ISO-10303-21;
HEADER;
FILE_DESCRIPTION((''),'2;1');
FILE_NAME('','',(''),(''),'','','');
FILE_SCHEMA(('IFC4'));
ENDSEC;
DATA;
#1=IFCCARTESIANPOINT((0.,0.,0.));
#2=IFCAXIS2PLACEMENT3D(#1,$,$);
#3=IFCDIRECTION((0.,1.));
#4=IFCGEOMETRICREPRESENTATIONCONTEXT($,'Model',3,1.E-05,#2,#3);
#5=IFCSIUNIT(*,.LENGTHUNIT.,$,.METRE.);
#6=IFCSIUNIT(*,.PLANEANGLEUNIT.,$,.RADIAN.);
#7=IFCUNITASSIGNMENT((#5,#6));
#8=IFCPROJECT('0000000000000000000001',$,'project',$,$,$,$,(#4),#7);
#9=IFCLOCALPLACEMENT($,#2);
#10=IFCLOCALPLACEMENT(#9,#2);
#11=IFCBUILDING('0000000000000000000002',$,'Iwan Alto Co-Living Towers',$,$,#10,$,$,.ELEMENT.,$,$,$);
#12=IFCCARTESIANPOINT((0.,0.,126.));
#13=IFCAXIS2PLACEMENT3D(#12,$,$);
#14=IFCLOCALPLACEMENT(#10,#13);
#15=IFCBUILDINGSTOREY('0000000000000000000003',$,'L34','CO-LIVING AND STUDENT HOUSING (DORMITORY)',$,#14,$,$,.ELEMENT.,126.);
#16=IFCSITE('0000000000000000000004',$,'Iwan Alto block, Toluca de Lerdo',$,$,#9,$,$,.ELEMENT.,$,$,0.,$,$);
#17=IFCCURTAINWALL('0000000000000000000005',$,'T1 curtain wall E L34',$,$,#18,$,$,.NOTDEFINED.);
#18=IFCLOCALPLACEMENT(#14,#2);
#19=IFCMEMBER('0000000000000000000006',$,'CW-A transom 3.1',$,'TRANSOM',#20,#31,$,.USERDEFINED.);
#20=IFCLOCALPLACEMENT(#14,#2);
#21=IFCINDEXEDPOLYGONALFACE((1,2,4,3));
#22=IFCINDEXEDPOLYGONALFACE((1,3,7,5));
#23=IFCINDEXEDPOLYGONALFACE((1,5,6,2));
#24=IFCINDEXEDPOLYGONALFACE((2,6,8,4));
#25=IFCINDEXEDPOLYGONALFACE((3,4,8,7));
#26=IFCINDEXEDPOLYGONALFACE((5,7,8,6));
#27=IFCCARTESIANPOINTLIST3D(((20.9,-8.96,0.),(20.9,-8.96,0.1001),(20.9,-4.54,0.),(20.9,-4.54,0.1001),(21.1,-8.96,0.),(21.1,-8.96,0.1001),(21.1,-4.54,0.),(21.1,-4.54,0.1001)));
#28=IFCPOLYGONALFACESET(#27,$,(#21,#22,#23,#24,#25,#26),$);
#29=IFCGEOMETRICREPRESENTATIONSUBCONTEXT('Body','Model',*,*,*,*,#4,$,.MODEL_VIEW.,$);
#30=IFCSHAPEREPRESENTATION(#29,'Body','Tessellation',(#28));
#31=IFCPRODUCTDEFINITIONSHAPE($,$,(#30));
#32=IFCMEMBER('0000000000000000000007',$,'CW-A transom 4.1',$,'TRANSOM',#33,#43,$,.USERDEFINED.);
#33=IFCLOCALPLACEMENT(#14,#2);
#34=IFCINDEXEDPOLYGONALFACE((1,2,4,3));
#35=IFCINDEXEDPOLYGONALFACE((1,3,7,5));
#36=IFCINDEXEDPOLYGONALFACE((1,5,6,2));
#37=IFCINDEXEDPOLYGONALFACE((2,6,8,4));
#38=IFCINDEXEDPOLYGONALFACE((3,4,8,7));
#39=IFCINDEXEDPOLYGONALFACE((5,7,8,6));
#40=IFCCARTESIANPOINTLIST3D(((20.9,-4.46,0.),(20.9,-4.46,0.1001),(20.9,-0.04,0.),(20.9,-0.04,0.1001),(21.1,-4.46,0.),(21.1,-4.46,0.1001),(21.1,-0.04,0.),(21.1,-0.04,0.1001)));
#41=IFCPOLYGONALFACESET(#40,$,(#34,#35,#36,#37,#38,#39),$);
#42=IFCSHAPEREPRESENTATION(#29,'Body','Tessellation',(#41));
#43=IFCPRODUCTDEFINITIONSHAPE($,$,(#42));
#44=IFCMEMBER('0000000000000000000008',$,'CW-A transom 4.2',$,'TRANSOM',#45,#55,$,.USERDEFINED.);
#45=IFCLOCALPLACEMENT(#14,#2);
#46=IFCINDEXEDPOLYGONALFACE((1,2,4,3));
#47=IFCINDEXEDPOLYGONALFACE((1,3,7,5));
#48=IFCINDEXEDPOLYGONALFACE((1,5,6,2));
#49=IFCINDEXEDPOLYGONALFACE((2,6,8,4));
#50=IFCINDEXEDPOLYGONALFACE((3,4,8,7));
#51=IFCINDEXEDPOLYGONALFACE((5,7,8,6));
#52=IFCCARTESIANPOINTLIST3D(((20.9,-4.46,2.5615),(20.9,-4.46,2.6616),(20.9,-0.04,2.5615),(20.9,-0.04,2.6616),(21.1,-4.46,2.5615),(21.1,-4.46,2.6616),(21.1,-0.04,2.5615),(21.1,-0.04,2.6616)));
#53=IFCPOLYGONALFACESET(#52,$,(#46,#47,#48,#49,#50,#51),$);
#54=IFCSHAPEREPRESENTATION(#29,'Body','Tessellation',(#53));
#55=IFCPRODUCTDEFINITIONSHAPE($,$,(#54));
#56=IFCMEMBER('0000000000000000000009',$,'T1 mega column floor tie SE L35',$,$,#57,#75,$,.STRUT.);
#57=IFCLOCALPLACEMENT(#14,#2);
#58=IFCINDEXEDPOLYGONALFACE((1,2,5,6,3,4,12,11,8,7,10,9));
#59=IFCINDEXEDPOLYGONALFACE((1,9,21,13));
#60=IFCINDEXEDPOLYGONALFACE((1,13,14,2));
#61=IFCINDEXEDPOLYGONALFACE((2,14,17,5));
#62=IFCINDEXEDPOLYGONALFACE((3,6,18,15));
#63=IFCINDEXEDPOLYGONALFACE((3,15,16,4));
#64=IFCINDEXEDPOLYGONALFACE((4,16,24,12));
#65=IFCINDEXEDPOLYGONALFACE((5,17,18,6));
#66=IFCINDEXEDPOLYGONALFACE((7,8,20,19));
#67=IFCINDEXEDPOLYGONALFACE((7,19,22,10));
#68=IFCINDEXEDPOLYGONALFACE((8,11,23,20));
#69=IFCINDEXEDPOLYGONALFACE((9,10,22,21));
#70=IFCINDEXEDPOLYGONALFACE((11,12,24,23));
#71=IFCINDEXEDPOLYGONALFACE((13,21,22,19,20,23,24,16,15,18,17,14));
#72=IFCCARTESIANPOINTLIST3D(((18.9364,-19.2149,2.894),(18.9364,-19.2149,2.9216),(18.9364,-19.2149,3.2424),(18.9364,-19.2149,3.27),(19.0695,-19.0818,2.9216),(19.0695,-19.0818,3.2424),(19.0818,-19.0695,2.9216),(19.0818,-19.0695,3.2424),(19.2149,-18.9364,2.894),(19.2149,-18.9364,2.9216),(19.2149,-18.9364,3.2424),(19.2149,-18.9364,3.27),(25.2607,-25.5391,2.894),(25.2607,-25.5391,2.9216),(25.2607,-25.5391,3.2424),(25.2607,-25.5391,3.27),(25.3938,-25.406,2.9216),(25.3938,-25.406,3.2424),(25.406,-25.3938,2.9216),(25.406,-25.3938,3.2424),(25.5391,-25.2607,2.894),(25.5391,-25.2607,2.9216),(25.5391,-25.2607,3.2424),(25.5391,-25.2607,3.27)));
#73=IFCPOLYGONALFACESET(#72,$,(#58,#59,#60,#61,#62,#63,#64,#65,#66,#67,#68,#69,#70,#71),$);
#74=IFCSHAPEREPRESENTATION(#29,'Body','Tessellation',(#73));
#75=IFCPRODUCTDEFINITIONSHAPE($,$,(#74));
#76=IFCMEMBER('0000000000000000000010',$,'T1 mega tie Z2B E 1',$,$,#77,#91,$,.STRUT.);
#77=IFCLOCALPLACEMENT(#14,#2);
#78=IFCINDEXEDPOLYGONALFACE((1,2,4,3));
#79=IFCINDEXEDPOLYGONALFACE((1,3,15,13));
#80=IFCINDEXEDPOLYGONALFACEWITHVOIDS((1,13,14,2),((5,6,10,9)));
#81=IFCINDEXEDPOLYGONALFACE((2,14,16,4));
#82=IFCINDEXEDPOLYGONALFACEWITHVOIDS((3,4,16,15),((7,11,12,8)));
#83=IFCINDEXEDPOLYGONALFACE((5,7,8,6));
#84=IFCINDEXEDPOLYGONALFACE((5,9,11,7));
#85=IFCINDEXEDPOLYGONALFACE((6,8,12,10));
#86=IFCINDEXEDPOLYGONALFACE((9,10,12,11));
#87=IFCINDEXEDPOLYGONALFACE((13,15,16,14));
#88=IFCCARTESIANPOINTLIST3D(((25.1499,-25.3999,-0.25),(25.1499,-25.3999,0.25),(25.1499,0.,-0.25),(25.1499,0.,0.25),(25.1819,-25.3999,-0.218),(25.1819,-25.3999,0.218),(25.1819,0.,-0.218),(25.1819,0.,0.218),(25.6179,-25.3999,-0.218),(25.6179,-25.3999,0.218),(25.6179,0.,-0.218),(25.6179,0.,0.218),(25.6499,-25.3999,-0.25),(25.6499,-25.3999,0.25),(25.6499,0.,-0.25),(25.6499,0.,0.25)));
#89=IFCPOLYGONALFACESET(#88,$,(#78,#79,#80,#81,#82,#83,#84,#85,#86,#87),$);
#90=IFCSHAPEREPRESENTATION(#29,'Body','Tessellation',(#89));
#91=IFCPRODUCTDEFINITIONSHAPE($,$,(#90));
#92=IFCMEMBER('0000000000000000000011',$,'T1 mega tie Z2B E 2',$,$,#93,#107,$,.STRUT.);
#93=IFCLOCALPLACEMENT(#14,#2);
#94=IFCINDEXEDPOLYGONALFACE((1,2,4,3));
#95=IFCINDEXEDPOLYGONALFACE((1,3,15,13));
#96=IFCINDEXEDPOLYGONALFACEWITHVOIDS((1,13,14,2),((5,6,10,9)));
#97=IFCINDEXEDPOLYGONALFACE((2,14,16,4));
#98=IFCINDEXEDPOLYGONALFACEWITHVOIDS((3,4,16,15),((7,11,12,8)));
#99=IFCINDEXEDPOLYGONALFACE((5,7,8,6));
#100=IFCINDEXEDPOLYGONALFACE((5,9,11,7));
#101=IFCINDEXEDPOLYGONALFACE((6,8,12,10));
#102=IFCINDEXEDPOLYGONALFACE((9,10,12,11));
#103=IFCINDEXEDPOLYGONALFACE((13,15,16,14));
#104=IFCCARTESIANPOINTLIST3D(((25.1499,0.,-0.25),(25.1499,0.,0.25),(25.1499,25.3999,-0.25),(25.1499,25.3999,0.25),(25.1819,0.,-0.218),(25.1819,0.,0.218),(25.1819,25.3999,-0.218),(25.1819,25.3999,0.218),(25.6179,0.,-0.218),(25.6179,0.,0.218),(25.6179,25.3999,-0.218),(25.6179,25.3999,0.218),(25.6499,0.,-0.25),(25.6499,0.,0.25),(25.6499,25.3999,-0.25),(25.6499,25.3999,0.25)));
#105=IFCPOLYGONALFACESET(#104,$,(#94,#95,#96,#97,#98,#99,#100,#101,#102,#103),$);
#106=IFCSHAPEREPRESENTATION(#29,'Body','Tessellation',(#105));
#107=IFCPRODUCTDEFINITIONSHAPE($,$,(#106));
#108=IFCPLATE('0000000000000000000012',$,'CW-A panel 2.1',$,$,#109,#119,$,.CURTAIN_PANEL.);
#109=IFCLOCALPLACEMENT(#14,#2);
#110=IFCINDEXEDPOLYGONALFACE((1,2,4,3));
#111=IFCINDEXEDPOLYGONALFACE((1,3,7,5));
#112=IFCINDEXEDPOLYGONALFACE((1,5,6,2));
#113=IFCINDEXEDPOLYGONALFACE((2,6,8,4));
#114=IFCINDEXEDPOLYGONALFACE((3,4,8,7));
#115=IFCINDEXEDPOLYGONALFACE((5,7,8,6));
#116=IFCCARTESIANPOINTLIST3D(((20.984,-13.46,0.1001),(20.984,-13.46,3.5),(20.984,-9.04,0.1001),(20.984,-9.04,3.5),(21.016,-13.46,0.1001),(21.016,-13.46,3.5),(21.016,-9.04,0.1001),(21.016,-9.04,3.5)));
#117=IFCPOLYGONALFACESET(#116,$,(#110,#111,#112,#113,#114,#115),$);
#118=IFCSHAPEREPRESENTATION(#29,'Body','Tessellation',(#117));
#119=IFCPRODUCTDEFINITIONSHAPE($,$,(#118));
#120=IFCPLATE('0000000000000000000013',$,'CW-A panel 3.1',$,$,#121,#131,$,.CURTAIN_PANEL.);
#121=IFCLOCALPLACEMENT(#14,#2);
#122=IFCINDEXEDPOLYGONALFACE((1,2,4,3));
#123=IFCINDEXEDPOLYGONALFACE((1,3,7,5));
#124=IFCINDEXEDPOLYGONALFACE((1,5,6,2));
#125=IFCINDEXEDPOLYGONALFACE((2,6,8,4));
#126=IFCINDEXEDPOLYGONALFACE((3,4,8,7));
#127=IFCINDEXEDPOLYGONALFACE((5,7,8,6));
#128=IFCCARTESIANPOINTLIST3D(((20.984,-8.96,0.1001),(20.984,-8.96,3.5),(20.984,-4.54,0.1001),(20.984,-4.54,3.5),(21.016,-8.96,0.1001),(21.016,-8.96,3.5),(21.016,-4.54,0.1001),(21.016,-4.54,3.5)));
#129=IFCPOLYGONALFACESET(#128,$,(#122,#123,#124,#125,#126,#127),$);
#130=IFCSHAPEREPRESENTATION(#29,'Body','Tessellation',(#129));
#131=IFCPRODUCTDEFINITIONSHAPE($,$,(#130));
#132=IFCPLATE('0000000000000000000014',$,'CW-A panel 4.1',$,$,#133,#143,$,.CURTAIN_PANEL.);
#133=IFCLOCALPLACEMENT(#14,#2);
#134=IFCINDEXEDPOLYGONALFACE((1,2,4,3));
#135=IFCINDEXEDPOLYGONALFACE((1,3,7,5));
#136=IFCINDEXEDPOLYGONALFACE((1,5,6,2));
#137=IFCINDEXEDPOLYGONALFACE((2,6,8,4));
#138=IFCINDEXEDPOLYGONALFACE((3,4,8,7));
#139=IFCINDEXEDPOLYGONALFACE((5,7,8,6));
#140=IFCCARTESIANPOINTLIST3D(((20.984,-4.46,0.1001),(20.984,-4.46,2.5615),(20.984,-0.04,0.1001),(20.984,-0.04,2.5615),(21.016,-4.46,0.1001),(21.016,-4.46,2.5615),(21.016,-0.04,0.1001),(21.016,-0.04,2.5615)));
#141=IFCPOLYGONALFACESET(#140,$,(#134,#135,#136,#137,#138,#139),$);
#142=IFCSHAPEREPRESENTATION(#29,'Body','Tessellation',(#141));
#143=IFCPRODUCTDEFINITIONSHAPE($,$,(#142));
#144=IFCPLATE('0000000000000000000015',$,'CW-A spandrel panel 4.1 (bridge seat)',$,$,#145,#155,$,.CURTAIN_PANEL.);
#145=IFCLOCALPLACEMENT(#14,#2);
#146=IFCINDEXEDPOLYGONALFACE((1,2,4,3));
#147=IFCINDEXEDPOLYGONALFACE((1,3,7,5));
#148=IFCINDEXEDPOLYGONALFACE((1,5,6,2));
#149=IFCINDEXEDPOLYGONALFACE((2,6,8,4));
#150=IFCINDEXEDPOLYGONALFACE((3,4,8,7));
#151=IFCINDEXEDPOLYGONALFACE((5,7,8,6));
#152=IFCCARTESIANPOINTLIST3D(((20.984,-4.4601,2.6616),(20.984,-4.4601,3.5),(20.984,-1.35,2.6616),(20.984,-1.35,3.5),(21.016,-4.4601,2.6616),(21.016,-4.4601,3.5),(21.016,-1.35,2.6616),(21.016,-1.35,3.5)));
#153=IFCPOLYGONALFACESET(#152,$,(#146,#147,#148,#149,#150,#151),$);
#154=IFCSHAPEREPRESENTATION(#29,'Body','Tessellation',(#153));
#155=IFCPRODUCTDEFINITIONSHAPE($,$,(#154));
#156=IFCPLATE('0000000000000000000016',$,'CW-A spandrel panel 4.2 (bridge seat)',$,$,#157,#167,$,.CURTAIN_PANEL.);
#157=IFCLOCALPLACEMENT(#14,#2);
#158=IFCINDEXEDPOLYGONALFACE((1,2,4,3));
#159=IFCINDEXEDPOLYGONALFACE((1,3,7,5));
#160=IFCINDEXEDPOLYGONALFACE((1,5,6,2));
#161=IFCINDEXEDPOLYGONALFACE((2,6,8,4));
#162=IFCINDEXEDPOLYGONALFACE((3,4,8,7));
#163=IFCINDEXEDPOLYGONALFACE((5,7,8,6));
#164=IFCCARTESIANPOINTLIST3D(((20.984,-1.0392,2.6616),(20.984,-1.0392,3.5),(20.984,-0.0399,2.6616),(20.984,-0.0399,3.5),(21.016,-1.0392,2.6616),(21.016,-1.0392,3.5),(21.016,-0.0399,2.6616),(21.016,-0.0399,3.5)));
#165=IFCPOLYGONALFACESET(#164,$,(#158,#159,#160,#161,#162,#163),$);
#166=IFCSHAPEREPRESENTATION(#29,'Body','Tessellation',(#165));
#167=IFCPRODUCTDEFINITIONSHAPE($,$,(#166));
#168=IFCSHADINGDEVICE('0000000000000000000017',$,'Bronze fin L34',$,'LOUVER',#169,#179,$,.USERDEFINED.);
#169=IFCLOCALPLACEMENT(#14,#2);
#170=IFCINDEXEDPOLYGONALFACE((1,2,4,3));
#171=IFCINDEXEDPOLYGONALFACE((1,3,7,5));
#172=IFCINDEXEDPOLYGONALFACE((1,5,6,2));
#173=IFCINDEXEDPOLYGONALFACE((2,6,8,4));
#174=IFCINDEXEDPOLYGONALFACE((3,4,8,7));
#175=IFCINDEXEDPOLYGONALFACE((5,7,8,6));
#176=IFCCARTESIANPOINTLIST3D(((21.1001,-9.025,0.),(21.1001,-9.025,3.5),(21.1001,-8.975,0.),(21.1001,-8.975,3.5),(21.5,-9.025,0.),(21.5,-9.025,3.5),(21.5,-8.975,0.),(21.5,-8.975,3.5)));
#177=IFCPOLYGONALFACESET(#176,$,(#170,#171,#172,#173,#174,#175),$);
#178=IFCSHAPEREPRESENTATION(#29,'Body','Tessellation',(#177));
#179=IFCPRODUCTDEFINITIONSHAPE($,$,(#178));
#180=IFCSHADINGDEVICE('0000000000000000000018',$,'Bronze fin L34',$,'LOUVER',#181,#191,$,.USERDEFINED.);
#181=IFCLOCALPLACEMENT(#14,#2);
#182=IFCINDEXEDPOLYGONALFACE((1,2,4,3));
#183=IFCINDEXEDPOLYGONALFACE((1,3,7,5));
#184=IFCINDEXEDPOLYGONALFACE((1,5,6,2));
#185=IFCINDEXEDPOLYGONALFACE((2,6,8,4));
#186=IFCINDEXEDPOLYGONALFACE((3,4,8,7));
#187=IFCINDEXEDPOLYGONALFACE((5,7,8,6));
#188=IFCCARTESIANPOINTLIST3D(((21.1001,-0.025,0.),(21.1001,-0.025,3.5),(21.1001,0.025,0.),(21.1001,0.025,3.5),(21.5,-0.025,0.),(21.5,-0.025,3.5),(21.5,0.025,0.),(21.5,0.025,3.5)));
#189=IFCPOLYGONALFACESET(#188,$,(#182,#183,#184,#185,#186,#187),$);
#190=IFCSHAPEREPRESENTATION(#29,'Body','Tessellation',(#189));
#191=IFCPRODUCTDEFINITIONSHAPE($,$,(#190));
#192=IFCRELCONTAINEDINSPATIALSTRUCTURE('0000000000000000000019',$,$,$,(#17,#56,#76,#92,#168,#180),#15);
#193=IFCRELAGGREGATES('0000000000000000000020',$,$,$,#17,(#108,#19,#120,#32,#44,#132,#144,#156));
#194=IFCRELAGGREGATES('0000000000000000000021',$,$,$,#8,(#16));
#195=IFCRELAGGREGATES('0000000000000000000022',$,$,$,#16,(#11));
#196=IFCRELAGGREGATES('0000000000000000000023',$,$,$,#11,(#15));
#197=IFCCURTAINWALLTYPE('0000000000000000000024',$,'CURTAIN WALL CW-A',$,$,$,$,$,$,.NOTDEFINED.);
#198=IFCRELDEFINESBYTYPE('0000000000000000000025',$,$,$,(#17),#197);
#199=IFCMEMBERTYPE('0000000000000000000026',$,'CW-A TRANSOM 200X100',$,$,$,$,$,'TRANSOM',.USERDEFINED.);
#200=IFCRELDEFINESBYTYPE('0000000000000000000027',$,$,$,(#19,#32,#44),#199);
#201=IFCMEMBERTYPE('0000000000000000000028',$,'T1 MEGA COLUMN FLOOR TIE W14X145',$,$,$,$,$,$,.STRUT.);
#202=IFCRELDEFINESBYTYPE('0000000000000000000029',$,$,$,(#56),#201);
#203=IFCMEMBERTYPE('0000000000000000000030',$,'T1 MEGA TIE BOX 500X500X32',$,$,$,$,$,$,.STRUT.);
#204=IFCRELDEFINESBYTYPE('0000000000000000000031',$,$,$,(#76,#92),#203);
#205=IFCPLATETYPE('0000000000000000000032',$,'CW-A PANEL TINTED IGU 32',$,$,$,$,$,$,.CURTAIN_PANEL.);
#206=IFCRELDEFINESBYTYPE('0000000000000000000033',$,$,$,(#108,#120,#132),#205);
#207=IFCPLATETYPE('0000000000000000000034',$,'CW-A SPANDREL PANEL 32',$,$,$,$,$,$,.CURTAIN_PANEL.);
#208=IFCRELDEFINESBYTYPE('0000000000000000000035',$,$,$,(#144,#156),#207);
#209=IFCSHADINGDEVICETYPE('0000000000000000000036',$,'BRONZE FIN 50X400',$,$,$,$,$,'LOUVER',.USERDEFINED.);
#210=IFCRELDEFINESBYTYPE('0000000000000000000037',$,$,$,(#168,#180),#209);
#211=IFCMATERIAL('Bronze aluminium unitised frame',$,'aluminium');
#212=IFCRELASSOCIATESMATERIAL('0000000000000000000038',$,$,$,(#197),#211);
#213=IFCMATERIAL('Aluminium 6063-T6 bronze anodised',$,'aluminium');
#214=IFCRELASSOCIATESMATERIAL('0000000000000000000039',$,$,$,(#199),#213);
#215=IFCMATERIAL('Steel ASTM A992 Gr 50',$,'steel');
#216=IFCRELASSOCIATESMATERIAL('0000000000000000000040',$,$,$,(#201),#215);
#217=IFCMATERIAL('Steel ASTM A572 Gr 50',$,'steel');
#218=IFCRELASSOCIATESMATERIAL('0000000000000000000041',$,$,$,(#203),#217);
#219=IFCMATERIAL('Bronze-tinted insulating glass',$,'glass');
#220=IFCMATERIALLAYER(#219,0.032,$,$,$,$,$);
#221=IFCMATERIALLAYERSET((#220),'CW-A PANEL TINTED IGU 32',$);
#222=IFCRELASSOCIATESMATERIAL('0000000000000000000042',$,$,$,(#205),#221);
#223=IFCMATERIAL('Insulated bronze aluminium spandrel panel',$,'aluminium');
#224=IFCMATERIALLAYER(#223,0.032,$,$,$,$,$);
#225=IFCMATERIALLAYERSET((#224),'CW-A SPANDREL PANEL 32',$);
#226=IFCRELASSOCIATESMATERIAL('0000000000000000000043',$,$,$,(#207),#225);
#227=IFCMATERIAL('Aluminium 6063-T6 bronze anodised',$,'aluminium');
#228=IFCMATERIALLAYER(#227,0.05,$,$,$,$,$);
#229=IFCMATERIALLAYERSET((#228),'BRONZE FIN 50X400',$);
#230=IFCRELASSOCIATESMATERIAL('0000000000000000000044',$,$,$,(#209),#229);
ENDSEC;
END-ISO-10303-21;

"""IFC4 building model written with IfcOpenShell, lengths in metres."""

from ifc_helpers import new_model, si_unit, direction, frame, origin, origin_2d, place, context, subcontext, project, spatial, rectangle, hollow_rectangle, i_section, extrude, material, layer, layer_set, material_profile, profile_set, type_object, element, aggregate, save


model = new_model("IFC4")

# Units and contexts
model_context = context("Model", 3, precision=1e-05, world=origin(), true_north=direction((0.0, 1.0)))
body_context = subcontext(model_context, "Body", "Model", "MODEL_VIEW")
ifc_project = project(units=[si_unit("LENGTHUNIT", "METRE"), si_unit("PLANEANGLEUNIT", "RADIAN")], contexts=[model_context])

# Site, building, storey
site_placement = place(None, origin())
site = spatial("IfcSite", under=ifc_project, at=site_placement, Name="Iwan Alto block, Toluca de Lerdo", CompositionType="ELEMENT", RefElevation=0.0)
building_placement = place(site_placement, origin())
building = spatial("IfcBuilding", under=site, at=building_placement, Name="Iwan Alto Co-Living Towers", CompositionType="ELEMENT")
storey_placement = place(building_placement, frame((0.0, 0.0, 126.0)))
storey = spatial("IfcBuildingStorey", under=building, at=storey_placement, Name="L34", Description="CO-LIVING AND STUDENT HOUSING (DORMITORY)", CompositionType="ELEMENT", Elevation=126.0)

# Curtain wall, members
ifc_material_1 = material(Name="Bronze aluminium unitised frame", Category="aluminium")
curtain_wall_type = type_object("IfcCurtainWallType", Name="CURTAIN WALL CW-A", PredefinedType="NOTDEFINED", material=ifc_material_1)
curtain_wall_placement = place(storey_placement, origin())
curtain_wall = element("IfcCurtainWall", 1, at=curtain_wall_placement, inside=storey, type_object=curtain_wall_type, Name="T1 curtain wall E L34", PredefinedType="NOTDEFINED")
ifc_material_2 = material(Name="Aluminium 6063-T6 bronze anodised", Category="aluminium")
ifc_material_profile_1 = material_profile(ifc_material_2, rectangle(XDim=0.2, YDim=0.1001, at=origin_2d()), Name="AL 200X100")
ifc_profile_set_1 = profile_set([ifc_material_profile_1], Name="Aluminium 6063-T6 bronze anodised")
member_type_1 = type_object("IfcMemberType", Name="CW-A TRANSOM 200X100", ElementType="TRANSOM", PredefinedType="USERDEFINED", material=ifc_profile_set_1)
member_1_placement = place(storey_placement, frame((21.0, -8.96, 0.05), z_axis=(0.0, 1.0, 0.0), x_axis=(-1.0, 0.0, 0.0)))
member_1 = element("IfcMember", 2, at=member_1_placement, type_object=member_type_1, Name="CW-A transom 3.1", ObjectType="TRANSOM", PredefinedType="USERDEFINED", context=body_context, shape_type="SweptSolid", body=[
    extrude(rectangle(XDim=0.2, YDim=0.1001, at=origin_2d()), origin(), (0.0, 0.0, 1.0), 4.4199),
])
member_2_placement = place(storey_placement, frame((21.0, -4.46, 0.05), z_axis=(0.0, 1.0, 0.0), x_axis=(-1.0, 0.0, 0.0)))
member_2 = element("IfcMember", 3, at=member_2_placement, type_object=member_type_1, Name="CW-A transom 4.1", ObjectType="TRANSOM", PredefinedType="USERDEFINED", context=body_context, shape_type="SweptSolid", body=[
    extrude(rectangle(XDim=0.2, YDim=0.1001, at=origin_2d()), origin(), (0.0, 0.0, 1.0), 4.4199),
])
member_3_placement = place(storey_placement, frame((21.0, -4.46, 2.6116), z_axis=(0.0, 1.0, 0.0), x_axis=(-1.0, 0.0, 0.0)))
member_3 = element("IfcMember", 4, at=member_3_placement, type_object=member_type_1, Name="CW-A transom 4.2", ObjectType="TRANSOM", PredefinedType="USERDEFINED", context=body_context, shape_type="SweptSolid", body=[
    extrude(rectangle(XDim=0.2, YDim=0.1001, at=origin_2d()), origin(), (0.0, 0.0, 1.0), 4.4199),
])

# Members
ifc_material_3 = material(Name="Steel ASTM A992 Gr 50", Category="steel")
ifc_material_profile_2 = material_profile(ifc_material_3, i_section(OverallWidth=0.3938, OverallDepth=0.376, WebThickness=0.0173, FlangeThickness=0.0276, at=origin_2d()), Name="W14X145")
ifc_profile_set_2 = profile_set([ifc_material_profile_2], Name="Steel ASTM A992 Gr 50")
member_type_2 = type_object("IfcMemberType", Name="T1 MEGA COLUMN FLOOR TIE W14X145", PredefinedType="STRUT", material=ifc_profile_set_2)
member_4_placement = place(storey_placement, frame((25.3999, -25.3999, 3.082), z_axis=(-0.707107, 0.707107, 0.0), x_axis=(-0.707107, -0.707107, 0.0)))
element("IfcMember", 5, at=member_4_placement, inside=storey, type_object=member_type_2, Name="T1 mega column floor tie SE L35", PredefinedType="STRUT", context=body_context, shape_type="SweptSolid", body=[
    extrude(i_section(OverallWidth=0.3938, OverallDepth=0.376, WebThickness=0.0173, FlangeThickness=0.0276, at=origin_2d()), origin(), (0.0, 0.0, 1.0), 8.9438),
])
ifc_material_4 = material(Name="Steel ASTM A572 Gr 50", Category="steel")
ifc_material_profile_3 = material_profile(ifc_material_4, hollow_rectangle(XDim=0.5, YDim=0.5, WallThickness=0.032, at=origin_2d()), Name="BOX 500X500X32")
ifc_profile_set_3 = profile_set([ifc_material_profile_3], Name="Steel ASTM A572 Gr 50")
member_type_3 = type_object("IfcMemberType", Name="T1 MEGA TIE BOX 500X500X32", PredefinedType="STRUT", material=ifc_profile_set_3)
for number, where, z_axis, x_axis, name in (
    (6, (25.3999, -25.3999, 0.0), (0.0, 1.0, 0.0), (-1.0, 0.0, 0.0), "T1 mega tie Z2B E 1"),
    (7, (25.3999, 0.0, 0.0), (0.0, 1.0, 0.0), (-1.0, 0.0, 0.0), "T1 mega tie Z2B E 2"),
):
    element("IfcMember", number, at=place(storey_placement, frame(where, z_axis=z_axis, x_axis=x_axis)), inside=storey, type_object=member_type_3, Name=name, PredefinedType="STRUT", context=body_context, shape_type="SweptSolid", body=[
        extrude(hollow_rectangle(XDim=0.5, YDim=0.5, WallThickness=0.032, at=origin_2d()), origin(), (0.0, 0.0, 1.0), 25.3999),
    ])

# Plates
ifc_material_5 = material(Name="Bronze-tinted insulating glass", Category="glass")
ifc_layer_1 = layer(ifc_material_5, 0.032)
ifc_layer_set_1 = layer_set([ifc_layer_1], Name="CW-A PANEL TINTED IGU 32")
plate_type_1 = type_object("IfcPlateType", Name="CW-A PANEL TINTED IGU 32", PredefinedType="CURTAIN_PANEL", material=ifc_layer_set_1)
plate_1_placement = place(storey_placement, frame((21.0, -11.25, 0.1001), z_axis=(0.0, 0.0, 1.0), x_axis=(0.0, 1.0, 0.0)))
plate_1 = element("IfcPlate", 8, at=plate_1_placement, type_object=plate_type_1, Name="CW-A panel 2.1", PredefinedType="CURTAIN_PANEL", context=body_context, shape_type="SweptSolid", body=[
    extrude(rectangle(XDim=4.4199, YDim=0.032, at=origin_2d()), origin(), (0.0, 0.0, 1.0), 3.3999),
])
plate_2_placement = place(storey_placement, frame((21.0, -6.75, 0.1001), z_axis=(0.0, 0.0, 1.0), x_axis=(0.0, 1.0, 0.0)))
plate_2 = element("IfcPlate", 9, at=plate_2_placement, type_object=plate_type_1, Name="CW-A panel 3.1", PredefinedType="CURTAIN_PANEL", context=body_context, shape_type="SweptSolid", body=[
    extrude(rectangle(XDim=4.4199, YDim=0.032, at=origin_2d()), origin(), (0.0, 0.0, 1.0), 3.3999),
])
plate_3_placement = place(storey_placement, frame((21.0, -2.25, 0.1001), z_axis=(0.0, 0.0, 1.0), x_axis=(0.0, 1.0, 0.0)))
plate_3 = element("IfcPlate", 10, at=plate_3_placement, type_object=plate_type_1, Name="CW-A panel 4.1", PredefinedType="CURTAIN_PANEL", context=body_context, shape_type="SweptSolid", body=[
    extrude(rectangle(XDim=4.4199, YDim=0.032, at=origin_2d()), origin(), (0.0, 0.0, 1.0), 2.4614),
])
ifc_material_6 = material(Name="Insulated bronze aluminium spandrel panel", Category="aluminium")
ifc_layer_2 = layer(ifc_material_6, 0.032)
ifc_layer_set_2 = layer_set([ifc_layer_2], Name="CW-A SPANDREL PANEL 32")
plate_type_2 = type_object("IfcPlateType", Name="CW-A SPANDREL PANEL 32", PredefinedType="CURTAIN_PANEL", material=ifc_layer_set_2)
plate_4_placement = place(storey_placement, frame((21.0, -2.905, 2.6616), z_axis=(0.0, 0.0, 1.0), x_axis=(0.0, 1.0, 0.0)))
plate_4 = element("IfcPlate", 11, at=plate_4_placement, type_object=plate_type_2, Name="CW-A spandrel panel 4.1 (bridge seat)", PredefinedType="CURTAIN_PANEL", context=body_context, shape_type="SweptSolid", body=[
    extrude(rectangle(XDim=3.1101, YDim=0.032, at=origin_2d()), origin(), (0.0, 0.0, 1.0), 0.8384),
])
plate_5_placement = place(storey_placement, frame((21.0, -0.5396, 2.6616), z_axis=(0.0, 0.0, 1.0), x_axis=(0.0, 1.0, 0.0)))
plate_5 = element("IfcPlate", 12, at=plate_5_placement, type_object=plate_type_2, Name="CW-A spandrel panel 4.2 (bridge seat)", PredefinedType="CURTAIN_PANEL", context=body_context, shape_type="SweptSolid", body=[
    extrude(rectangle(XDim=0.9993, YDim=0.032, at=origin_2d()), origin(), (0.0, 0.0, 1.0), 0.8384),
])
aggregate(curtain_wall, [plate_1, member_1, plate_2, member_2, member_3, plate_3, plate_4, plate_5])

# Shading devices
ifc_material_7 = material(Name="Aluminium 6063-T6 bronze anodised", Category="aluminium")
ifc_layer_3 = layer(ifc_material_7, 0.05)
ifc_layer_set_3 = layer_set([ifc_layer_3], Name="BRONZE FIN 50X400")
shading_device_type = type_object("IfcShadingDeviceType", Name="BRONZE FIN 50X400", ElementType="LOUVER", PredefinedType="USERDEFINED", material=ifc_layer_set_3)
for number, where, z_axis, x_axis, name in (
    (13, (21.3, -9.0, 0.0), (0.0, 0.0, 1.0), (0.0, 1.0, 0.0), "Bronze fin L34"),
    (14, (21.3, 0.0, 0.0), (0.0, 0.0, 1.0), (0.0, 1.0, 0.0), "Bronze fin L34"),
):
    element("IfcShadingDevice", number, at=place(storey_placement, frame(where, z_axis=z_axis, x_axis=x_axis)), inside=storey, type_object=shading_device_type, Name=name, ObjectType="LOUVER", PredefinedType="USERDEFINED", context=body_context, shape_type="SweptSolid", body=[
        extrude(rectangle(XDim=0.05, YDim=0.3999, at=origin_2d()), origin(), (0.0, 0.0, 1.0), 3.5),
    ])

save(model, "model.ifc")
